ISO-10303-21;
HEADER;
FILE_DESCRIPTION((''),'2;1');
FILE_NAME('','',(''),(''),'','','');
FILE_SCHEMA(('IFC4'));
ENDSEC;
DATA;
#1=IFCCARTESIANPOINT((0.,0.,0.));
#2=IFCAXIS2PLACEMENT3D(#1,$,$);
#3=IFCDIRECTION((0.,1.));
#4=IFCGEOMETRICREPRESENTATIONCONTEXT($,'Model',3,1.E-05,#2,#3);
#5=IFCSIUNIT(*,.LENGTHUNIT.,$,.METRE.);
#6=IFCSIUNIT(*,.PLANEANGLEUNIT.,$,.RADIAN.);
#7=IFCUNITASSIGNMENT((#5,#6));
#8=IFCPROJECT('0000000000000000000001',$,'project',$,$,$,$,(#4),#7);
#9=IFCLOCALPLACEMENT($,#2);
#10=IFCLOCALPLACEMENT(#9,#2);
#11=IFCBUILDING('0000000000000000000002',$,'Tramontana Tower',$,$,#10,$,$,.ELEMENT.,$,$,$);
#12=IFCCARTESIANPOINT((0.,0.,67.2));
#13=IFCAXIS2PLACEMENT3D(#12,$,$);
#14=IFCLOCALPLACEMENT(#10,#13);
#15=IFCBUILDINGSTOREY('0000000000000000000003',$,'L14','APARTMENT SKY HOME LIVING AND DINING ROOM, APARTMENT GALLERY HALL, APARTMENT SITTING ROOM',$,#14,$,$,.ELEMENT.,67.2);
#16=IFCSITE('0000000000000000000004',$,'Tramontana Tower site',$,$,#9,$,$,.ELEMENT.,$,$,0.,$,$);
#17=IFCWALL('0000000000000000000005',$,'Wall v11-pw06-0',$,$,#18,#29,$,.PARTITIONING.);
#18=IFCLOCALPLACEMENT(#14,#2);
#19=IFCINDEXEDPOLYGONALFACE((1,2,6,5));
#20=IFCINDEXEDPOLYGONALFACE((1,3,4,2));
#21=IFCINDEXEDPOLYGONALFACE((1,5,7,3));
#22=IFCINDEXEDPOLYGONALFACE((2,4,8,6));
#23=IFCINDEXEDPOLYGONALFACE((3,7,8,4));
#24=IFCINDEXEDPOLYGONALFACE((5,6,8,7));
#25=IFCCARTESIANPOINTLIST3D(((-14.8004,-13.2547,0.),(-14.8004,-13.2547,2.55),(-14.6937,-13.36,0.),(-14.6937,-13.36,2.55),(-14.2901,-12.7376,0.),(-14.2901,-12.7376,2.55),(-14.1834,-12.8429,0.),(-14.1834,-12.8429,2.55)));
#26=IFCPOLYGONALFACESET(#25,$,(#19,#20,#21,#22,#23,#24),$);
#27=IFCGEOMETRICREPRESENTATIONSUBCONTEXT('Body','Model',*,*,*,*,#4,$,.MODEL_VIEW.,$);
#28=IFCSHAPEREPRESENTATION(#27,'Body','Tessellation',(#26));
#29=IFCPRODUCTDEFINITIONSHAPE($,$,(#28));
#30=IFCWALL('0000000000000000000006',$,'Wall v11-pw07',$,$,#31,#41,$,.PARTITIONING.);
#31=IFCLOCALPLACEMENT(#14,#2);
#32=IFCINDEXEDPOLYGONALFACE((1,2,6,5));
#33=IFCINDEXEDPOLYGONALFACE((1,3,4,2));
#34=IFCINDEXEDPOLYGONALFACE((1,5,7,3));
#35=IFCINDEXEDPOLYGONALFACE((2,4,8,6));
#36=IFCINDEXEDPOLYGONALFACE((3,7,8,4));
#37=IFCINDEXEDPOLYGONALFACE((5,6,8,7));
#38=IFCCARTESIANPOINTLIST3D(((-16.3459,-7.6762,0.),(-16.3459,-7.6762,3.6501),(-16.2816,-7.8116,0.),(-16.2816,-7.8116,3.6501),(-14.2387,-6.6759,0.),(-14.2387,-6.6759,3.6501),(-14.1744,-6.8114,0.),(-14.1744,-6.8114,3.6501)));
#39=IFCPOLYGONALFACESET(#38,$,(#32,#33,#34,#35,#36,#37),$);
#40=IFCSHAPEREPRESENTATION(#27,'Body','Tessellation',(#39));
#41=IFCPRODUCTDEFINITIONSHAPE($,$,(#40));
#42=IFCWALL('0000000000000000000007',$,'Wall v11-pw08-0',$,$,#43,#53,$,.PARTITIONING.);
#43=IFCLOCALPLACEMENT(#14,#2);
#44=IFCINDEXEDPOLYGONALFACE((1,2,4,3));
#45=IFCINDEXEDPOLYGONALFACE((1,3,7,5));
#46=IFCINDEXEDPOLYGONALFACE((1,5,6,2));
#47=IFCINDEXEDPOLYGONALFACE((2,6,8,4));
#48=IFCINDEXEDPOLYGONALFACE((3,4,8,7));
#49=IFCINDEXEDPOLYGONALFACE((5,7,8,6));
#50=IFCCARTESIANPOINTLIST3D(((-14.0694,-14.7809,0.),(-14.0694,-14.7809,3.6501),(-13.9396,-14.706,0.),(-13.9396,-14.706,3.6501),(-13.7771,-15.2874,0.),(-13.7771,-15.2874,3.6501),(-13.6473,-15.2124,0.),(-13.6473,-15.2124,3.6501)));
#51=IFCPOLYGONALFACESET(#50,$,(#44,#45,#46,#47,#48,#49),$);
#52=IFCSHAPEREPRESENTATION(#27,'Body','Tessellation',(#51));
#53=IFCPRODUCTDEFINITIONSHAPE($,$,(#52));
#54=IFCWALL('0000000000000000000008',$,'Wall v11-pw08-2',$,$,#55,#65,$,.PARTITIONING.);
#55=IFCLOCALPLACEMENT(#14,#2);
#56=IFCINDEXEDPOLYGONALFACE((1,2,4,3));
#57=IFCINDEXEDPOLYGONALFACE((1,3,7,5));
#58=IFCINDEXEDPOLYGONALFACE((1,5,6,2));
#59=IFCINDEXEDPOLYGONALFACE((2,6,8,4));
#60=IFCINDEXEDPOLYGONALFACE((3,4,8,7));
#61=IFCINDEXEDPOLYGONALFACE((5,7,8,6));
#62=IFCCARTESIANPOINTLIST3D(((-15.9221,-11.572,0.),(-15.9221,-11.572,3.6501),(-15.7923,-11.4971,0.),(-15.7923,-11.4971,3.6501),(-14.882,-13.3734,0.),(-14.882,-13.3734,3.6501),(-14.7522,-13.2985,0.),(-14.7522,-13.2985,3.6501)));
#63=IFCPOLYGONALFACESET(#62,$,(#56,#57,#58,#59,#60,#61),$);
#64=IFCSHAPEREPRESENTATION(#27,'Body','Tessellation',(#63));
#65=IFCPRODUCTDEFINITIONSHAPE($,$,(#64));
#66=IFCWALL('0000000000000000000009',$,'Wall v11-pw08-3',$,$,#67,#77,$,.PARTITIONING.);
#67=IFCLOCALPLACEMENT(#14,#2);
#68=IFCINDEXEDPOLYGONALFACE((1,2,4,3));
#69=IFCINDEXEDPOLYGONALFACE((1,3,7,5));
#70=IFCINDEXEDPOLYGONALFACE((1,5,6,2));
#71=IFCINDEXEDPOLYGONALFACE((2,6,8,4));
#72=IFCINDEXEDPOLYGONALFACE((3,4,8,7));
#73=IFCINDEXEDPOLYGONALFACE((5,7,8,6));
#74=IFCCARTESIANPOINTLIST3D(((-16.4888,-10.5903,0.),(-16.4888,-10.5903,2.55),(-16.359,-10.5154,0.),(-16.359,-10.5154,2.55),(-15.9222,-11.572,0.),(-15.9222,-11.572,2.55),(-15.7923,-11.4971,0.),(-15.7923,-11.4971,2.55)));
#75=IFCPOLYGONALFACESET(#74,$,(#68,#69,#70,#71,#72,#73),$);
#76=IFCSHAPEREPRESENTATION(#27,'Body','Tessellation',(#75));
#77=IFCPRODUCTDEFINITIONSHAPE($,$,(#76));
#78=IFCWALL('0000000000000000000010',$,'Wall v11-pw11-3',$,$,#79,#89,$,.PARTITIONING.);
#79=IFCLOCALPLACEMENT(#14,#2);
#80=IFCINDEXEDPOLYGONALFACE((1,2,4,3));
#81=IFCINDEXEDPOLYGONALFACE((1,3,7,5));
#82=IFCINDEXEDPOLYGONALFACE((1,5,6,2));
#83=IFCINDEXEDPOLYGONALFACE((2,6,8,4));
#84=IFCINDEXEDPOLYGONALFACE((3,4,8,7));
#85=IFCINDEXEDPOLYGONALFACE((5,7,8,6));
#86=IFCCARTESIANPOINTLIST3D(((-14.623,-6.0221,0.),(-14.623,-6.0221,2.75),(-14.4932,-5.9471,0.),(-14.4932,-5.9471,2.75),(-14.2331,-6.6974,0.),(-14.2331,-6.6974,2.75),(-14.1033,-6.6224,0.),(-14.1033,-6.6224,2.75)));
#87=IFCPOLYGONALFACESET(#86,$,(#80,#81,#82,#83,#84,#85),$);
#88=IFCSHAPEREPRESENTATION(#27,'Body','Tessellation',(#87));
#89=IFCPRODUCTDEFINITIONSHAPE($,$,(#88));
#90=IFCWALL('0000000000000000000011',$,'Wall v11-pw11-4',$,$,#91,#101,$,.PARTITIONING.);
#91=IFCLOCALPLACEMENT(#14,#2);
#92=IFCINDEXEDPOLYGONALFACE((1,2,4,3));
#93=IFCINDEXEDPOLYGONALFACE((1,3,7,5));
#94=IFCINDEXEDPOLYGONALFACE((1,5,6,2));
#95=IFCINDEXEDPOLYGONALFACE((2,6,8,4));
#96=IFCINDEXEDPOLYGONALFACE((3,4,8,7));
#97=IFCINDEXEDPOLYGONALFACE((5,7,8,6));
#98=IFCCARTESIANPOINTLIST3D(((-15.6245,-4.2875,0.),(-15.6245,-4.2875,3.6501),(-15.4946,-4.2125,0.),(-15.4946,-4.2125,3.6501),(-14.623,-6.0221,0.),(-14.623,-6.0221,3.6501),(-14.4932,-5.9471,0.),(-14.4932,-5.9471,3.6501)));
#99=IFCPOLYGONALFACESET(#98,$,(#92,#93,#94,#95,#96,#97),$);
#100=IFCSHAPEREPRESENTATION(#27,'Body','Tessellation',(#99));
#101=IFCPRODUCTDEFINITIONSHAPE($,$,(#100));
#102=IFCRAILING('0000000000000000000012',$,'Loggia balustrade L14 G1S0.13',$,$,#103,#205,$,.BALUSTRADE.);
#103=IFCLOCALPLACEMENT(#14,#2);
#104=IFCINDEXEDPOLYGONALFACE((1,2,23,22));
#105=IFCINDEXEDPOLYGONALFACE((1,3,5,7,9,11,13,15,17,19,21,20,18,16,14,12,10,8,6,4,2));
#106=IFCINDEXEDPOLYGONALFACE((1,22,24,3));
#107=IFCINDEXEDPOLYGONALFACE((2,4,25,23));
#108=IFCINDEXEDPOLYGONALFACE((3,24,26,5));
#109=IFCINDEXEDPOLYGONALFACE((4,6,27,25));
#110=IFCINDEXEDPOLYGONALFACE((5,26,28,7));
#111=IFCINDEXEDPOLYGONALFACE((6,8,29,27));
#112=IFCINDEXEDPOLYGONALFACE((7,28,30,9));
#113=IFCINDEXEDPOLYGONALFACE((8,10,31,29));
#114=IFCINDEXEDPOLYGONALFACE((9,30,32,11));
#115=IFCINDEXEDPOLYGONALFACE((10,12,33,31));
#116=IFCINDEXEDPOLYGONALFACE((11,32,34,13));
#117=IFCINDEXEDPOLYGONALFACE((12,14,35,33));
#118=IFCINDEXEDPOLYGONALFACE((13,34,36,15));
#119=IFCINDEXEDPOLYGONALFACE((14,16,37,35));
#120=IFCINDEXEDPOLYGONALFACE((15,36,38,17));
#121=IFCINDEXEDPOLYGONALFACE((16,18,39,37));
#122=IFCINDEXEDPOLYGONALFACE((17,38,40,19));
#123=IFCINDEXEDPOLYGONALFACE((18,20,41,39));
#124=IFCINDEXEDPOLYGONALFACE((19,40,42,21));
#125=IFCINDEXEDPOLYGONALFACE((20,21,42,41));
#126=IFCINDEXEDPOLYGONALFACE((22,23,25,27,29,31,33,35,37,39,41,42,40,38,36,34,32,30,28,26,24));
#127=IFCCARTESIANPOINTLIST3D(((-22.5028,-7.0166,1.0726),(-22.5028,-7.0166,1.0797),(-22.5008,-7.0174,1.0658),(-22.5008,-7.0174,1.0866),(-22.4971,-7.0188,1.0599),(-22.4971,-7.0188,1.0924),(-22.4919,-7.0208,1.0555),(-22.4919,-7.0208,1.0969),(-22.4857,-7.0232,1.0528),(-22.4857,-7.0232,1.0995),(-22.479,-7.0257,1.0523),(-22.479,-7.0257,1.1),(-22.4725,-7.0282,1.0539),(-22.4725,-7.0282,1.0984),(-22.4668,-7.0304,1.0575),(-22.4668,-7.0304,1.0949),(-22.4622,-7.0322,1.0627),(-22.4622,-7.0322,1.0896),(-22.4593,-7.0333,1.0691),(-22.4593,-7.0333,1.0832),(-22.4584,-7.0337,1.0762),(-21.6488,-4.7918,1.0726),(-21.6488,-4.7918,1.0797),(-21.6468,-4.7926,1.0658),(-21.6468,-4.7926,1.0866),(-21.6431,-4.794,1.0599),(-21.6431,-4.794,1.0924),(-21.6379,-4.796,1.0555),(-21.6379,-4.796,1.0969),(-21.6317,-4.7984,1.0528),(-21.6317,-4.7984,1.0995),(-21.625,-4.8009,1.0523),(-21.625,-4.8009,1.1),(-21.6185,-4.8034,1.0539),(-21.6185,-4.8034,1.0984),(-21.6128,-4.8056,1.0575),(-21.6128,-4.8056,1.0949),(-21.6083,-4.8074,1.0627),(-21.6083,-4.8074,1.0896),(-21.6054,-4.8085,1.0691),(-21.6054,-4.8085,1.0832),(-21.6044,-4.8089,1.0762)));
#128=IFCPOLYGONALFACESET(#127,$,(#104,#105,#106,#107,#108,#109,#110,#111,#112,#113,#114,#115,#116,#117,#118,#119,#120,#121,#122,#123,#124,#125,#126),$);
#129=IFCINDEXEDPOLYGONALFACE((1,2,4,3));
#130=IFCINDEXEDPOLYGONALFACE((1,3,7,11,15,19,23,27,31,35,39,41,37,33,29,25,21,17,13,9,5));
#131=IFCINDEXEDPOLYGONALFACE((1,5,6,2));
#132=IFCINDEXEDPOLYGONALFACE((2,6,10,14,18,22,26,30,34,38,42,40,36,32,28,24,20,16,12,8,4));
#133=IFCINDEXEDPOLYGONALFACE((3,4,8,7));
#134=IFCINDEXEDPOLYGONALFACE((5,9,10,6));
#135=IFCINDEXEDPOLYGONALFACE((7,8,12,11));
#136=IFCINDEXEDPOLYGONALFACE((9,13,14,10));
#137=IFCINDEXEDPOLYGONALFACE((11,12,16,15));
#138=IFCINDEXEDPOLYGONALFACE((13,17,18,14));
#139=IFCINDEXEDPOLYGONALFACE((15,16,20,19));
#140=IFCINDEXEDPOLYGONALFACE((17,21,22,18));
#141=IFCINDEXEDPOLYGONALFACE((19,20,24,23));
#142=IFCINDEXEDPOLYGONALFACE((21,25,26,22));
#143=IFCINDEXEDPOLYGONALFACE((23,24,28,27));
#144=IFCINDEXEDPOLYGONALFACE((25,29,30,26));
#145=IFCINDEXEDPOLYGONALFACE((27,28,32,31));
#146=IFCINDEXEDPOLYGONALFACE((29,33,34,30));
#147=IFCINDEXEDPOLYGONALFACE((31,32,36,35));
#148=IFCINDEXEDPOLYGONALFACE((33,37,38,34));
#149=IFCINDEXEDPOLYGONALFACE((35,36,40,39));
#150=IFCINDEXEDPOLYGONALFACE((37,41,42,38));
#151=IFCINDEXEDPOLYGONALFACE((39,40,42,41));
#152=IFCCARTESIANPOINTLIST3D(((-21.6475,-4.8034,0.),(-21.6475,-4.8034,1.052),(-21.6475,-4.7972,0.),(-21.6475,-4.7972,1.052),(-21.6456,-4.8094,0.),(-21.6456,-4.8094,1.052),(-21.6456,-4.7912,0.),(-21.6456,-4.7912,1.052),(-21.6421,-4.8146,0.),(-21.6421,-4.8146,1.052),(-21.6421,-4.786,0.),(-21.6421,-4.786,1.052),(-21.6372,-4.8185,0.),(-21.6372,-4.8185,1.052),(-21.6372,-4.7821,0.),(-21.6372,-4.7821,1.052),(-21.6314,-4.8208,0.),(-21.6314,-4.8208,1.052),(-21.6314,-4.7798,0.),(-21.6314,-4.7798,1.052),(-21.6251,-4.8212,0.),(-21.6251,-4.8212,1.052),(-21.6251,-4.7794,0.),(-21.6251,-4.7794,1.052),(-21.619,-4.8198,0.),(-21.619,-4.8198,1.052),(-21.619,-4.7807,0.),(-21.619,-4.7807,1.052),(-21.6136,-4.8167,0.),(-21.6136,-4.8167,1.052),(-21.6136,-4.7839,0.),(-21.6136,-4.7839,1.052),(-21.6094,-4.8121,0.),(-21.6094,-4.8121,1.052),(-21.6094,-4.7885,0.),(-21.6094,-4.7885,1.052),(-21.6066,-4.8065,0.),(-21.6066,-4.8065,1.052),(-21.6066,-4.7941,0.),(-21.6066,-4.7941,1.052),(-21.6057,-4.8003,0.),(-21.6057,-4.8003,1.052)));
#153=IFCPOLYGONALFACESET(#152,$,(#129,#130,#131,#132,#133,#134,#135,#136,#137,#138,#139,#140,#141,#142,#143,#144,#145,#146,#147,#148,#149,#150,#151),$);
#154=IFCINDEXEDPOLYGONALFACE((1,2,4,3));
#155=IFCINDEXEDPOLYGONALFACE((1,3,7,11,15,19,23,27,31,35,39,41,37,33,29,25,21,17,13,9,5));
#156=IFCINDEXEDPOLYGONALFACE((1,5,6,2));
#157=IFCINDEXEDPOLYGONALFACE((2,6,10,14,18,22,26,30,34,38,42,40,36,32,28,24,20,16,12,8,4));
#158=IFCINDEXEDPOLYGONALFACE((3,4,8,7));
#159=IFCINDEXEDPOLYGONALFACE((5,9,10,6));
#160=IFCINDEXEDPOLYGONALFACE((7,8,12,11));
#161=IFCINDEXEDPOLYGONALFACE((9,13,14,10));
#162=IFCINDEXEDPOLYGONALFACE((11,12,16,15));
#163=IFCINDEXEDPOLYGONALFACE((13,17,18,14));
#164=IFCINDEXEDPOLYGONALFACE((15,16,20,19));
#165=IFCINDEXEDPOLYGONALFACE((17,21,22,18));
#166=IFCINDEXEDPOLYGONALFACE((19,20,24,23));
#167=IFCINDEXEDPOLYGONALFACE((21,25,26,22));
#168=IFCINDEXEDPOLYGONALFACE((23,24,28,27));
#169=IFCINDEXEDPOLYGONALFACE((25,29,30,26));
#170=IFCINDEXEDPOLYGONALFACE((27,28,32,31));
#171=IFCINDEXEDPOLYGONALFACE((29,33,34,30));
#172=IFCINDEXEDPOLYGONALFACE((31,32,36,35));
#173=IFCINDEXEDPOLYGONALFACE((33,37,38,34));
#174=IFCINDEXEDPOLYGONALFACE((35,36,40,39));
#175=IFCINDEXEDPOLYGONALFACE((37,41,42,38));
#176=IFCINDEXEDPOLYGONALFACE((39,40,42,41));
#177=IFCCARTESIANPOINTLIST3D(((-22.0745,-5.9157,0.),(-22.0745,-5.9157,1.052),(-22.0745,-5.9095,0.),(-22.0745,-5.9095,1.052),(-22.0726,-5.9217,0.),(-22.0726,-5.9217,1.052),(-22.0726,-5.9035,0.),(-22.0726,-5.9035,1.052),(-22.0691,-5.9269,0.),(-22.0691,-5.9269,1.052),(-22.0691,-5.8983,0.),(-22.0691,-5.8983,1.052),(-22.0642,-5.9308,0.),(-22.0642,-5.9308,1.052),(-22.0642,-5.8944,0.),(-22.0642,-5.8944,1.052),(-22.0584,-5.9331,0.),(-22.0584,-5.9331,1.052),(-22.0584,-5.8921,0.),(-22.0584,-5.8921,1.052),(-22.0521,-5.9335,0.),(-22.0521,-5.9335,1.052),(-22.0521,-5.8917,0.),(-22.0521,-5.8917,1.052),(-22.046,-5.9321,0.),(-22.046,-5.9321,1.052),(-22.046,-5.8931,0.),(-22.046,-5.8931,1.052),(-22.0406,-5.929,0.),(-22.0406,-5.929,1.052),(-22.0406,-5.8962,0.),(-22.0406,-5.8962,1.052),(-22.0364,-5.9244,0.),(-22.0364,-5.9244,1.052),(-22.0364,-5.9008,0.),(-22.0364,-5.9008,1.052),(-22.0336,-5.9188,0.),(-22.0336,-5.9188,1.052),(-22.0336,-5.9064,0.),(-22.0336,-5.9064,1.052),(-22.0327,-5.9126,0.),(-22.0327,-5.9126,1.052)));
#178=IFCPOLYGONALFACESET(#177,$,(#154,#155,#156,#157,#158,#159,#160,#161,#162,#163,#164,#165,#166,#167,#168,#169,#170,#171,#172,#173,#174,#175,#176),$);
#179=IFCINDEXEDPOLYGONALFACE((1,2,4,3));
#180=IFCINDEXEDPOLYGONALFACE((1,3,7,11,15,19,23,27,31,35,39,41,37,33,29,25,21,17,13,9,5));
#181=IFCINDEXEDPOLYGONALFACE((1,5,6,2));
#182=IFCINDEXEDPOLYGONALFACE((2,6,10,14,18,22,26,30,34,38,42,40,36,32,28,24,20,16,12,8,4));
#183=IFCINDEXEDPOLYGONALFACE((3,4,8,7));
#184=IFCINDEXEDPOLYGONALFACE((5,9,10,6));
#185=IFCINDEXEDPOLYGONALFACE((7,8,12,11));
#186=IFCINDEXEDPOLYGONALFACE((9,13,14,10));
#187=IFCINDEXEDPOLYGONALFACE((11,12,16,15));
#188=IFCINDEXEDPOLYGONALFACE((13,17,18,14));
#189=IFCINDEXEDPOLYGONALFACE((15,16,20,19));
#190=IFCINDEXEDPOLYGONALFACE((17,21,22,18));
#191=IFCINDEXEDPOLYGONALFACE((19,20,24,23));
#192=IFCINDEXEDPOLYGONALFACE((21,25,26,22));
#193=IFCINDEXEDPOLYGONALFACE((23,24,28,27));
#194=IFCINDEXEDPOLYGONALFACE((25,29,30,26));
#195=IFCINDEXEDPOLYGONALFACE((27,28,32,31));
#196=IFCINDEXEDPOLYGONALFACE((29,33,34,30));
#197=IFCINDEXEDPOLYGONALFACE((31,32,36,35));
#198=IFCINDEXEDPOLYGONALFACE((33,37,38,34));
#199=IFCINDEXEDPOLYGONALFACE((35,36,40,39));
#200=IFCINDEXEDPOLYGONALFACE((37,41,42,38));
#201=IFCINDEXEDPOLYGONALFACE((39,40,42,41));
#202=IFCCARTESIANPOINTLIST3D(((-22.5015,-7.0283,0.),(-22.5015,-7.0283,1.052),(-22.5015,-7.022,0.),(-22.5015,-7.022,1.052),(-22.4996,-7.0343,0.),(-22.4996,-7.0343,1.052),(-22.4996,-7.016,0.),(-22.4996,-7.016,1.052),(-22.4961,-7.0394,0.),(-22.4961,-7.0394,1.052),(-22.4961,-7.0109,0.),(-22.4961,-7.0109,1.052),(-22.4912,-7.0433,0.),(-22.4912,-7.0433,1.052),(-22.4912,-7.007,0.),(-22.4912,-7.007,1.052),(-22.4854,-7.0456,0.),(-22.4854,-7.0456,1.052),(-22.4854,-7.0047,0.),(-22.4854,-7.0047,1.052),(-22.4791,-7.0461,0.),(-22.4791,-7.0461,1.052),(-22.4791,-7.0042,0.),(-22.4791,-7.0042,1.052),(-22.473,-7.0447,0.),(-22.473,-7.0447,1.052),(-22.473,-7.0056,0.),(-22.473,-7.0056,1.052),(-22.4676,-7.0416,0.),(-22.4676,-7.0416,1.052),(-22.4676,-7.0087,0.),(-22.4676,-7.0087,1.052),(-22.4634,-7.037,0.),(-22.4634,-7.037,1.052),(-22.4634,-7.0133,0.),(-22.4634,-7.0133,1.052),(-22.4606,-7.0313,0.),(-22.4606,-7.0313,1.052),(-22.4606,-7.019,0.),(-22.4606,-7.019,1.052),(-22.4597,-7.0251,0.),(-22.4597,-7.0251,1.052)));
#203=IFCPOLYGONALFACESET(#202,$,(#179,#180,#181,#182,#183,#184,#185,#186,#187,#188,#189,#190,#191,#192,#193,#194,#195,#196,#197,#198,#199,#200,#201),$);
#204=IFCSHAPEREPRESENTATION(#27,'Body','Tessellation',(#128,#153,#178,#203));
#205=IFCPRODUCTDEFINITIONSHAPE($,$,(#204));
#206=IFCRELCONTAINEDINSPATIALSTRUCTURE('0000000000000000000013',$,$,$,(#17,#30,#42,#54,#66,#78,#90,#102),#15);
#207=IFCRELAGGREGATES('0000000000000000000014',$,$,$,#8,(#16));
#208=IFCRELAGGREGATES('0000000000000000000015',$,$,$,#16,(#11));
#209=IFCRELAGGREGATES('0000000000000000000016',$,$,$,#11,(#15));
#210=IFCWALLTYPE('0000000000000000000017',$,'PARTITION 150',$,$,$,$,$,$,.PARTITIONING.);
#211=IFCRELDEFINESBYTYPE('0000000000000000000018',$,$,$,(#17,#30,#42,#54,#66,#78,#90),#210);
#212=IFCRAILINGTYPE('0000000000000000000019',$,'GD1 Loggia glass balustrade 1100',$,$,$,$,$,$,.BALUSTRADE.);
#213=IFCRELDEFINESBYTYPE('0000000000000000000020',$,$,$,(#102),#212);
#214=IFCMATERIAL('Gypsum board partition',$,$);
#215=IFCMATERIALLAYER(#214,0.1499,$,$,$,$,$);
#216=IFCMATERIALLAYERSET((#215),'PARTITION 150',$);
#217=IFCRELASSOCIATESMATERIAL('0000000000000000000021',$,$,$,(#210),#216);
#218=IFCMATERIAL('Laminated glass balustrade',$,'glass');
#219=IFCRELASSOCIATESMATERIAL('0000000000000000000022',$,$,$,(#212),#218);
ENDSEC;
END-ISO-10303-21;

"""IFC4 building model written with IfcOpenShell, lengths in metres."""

from ifc_helpers import new_model, si_unit, direction, frame, frame_2d, origin, origin_2d, place, context, subcontext, project, spatial, rectangle, circle, extrude, material, layer, layer_set, type_object, element, save


model = new_model("IFC4")

# Units and contexts
model_context = context("Model", 3, precision=1e-05, world=origin(), true_north=direction((0.0, 1.0)))
body_context = subcontext(model_context, "Body", "Model", "MODEL_VIEW")
ifc_project = project(units=[si_unit("LENGTHUNIT", "METRE"), si_unit("PLANEANGLEUNIT", "RADIAN")], contexts=[model_context])

# Site, building, storey
site_placement = place(None, origin())
site = spatial("IfcSite", under=ifc_project, at=site_placement, Name="Tramontana Tower site", CompositionType="ELEMENT", RefElevation=0.0)
building_placement = place(site_placement, origin())
building = spatial("IfcBuilding", under=site, at=building_placement, Name="Tramontana Tower", CompositionType="ELEMENT")
storey_placement = place(building_placement, frame((0.0, 0.0, 67.2)))
storey = spatial("IfcBuildingStorey", under=building, at=storey_placement, Name="L14", Description="APARTMENT SKY HOME LIVING AND DINING ROOM, APARTMENT GALLERY HALL, APARTMENT SITTING ROOM", CompositionType="ELEMENT", Elevation=67.2)

# Shared definitions
ifc_material_1 = material(Name="Gypsum board partition")
ifc_layer_1 = layer(ifc_material_1, 0.1499)
ifc_layer_set_1 = layer_set([ifc_layer_1], Name="PARTITION 150")
wall_type_1 = type_object("IfcWallType", Name="PARTITION 150", PredefinedType="PARTITIONING", material=ifc_layer_set_1)

# Wall
wall_1_placement = place(storey_placement, frame((-14.7471, -13.3074, 0.0), z_axis=(0.0, 0.0, 1.0), x_axis=(0.702386, 0.711796, 0.0)))
element("IfcWall", 1, at=wall_1_placement, inside=storey, type_object=wall_type_1, Name="Wall v11-pw06-0", PredefinedType="PARTITIONING", context=body_context, shape_type="SweptSolid", body=[
    extrude(rectangle(XDim=0.7266, YDim=0.1499, at=frame_2d((0.3633, 0.0))), origin(), (0.0, 0.0, 1.0), 2.55),
])

# Walls
wall_2_placement = place(storey_placement, frame((-14.2065, -6.7437, 0.0), z_axis=(0.0, 0.0, 1.0), x_axis=(-0.903388, -0.428824, 0.0)))
element("IfcWall", 2, at=wall_2_placement, inside=storey, type_object=wall_type_1, Name="Wall v11-pw07", PredefinedType="PARTITIONING", context=body_context, shape_type="SweptSolid", body=[
    extrude(rectangle(XDim=2.3325, YDim=0.1499, at=frame_2d((1.1663, 0.0))), origin(), (0.0, 0.0, 1.0), 3.6501),
])
wall_3_placement = place(storey_placement, frame((-13.7122, -15.25, 0.0), z_axis=(0.0, 0.0, 1.0), x_axis=(-0.499867, 0.866102, 0.0)))
element("IfcWall", 3, at=wall_3_placement, inside=storey, type_object=wall_type_1, Name="Wall v11-pw08-0", PredefinedType="PARTITIONING", context=body_context, shape_type="SweptSolid", body=[
    extrude(rectangle(XDim=0.5847, YDim=0.1499, at=frame_2d((0.2925, 0.0))), origin(), (0.0, 0.0, 1.0), 3.6501),
])

# Walls
wall_4_placement = place(storey_placement, frame((-14.8171, -13.3359, 0.0), z_axis=(0.0, 0.0, 1.0), x_axis=(-0.500027, 0.86601, 0.0)))
element("IfcWall", 4, at=wall_4_placement, inside=storey, type_object=wall_type_1, Name="Wall v11-pw08-2", PredefinedType="PARTITIONING", context=body_context, shape_type="SweptSolid", body=[
    extrude(rectangle(XDim=2.0801, YDim=0.1499, at=frame_2d((1.04, 0.0))), origin(), (0.0, 0.0, 1.0), 3.6501),
])
wall_5_placement = place(storey_placement, frame((-15.8572, -11.5347, 0.0), z_axis=(0.0, 0.0, 1.0), x_axis=(-0.499915, 0.866074, 0.0)))
element("IfcWall", 5, at=wall_5_placement, inside=storey, type_object=wall_type_1, Name="Wall v11-pw08-3", PredefinedType="PARTITIONING", context=body_context, shape_type="SweptSolid", body=[
    extrude(rectangle(XDim=1.1335, YDim=0.1499, at=frame_2d((0.5669, 0.0))), origin(), (0.0, 0.0, 1.0), 2.55),
])
wall_6_placement = place(storey_placement, frame((-14.1682, -6.6599, 0.0), z_axis=(0.0, 0.0, 1.0), x_axis=(-0.500012, 0.866019, 0.0)))
element("IfcWall", 6, at=wall_6_placement, inside=storey, type_object=wall_type_1, Name="Wall v11-pw11-3", PredefinedType="PARTITIONING", context=body_context, shape_type="SweptSolid", body=[
    extrude(rectangle(XDim=0.7798, YDim=0.1499, at=frame_2d((0.3899, 0.0))), origin(), (0.0, 0.0, 1.0), 2.75),
])
wall_7_placement = place(storey_placement, frame((-14.5581, -5.9846, 0.0), z_axis=(0.0, 0.0, 1.0), x_axis=(-0.499993, 0.866029, 0.0)))
element("IfcWall", 7, at=wall_7_placement, inside=storey, type_object=wall_type_1, Name="Wall v11-pw11-4", PredefinedType="PARTITIONING", context=body_context, shape_type="SweptSolid", body=[
    extrude(rectangle(XDim=2.0029, YDim=0.1499, at=frame_2d((1.0015, 0.0))), origin(), (0.0, 0.0, 1.0), 3.6501),
])

# Railing
ifc_material_2 = material(Name="Laminated glass balustrade", Category="glass")
railing_type = type_object("IfcRailingType", Name="GD1 Loggia glass balustrade 1100", PredefinedType="BALUSTRADE", material=ifc_material_2)
railing_1_placement = place(storey_placement, frame((-21.6267, -4.8003, 0.0)))
element("IfcRailing", 8, at=railing_1_placement, inside=storey, type_object=railing_type, Name="Loggia balustrade L14 G1S0.13", PredefinedType="BALUSTRADE", context=body_context, shape_type="SweptSolid", body=[
    extrude(circle(Radius=0.0239, at=origin_2d()), frame((0.0, 0.0, 1.0762), z_axis=(-0.358354, -0.933586, 0.0), x_axis=(0.933586, -0.358354, 0.0)), (0.0, 0.0, 1.0), 2.3831),
    extrude(circle(Radius=0.021, at=origin_2d()), origin(), (0.0, 0.0, 1.0), 1.052),
    extrude(circle(Radius=0.021, at=origin_2d()), frame((-0.427, -1.1123, 0.0)), (0.0, 0.0, 1.0), 1.052),
    extrude(circle(Radius=0.021, at=origin_2d()), frame((-0.854, -2.2249, 0.0)), (0.0, 0.0, 1.0), 1.052),
])

save(model, "model.ifc")
